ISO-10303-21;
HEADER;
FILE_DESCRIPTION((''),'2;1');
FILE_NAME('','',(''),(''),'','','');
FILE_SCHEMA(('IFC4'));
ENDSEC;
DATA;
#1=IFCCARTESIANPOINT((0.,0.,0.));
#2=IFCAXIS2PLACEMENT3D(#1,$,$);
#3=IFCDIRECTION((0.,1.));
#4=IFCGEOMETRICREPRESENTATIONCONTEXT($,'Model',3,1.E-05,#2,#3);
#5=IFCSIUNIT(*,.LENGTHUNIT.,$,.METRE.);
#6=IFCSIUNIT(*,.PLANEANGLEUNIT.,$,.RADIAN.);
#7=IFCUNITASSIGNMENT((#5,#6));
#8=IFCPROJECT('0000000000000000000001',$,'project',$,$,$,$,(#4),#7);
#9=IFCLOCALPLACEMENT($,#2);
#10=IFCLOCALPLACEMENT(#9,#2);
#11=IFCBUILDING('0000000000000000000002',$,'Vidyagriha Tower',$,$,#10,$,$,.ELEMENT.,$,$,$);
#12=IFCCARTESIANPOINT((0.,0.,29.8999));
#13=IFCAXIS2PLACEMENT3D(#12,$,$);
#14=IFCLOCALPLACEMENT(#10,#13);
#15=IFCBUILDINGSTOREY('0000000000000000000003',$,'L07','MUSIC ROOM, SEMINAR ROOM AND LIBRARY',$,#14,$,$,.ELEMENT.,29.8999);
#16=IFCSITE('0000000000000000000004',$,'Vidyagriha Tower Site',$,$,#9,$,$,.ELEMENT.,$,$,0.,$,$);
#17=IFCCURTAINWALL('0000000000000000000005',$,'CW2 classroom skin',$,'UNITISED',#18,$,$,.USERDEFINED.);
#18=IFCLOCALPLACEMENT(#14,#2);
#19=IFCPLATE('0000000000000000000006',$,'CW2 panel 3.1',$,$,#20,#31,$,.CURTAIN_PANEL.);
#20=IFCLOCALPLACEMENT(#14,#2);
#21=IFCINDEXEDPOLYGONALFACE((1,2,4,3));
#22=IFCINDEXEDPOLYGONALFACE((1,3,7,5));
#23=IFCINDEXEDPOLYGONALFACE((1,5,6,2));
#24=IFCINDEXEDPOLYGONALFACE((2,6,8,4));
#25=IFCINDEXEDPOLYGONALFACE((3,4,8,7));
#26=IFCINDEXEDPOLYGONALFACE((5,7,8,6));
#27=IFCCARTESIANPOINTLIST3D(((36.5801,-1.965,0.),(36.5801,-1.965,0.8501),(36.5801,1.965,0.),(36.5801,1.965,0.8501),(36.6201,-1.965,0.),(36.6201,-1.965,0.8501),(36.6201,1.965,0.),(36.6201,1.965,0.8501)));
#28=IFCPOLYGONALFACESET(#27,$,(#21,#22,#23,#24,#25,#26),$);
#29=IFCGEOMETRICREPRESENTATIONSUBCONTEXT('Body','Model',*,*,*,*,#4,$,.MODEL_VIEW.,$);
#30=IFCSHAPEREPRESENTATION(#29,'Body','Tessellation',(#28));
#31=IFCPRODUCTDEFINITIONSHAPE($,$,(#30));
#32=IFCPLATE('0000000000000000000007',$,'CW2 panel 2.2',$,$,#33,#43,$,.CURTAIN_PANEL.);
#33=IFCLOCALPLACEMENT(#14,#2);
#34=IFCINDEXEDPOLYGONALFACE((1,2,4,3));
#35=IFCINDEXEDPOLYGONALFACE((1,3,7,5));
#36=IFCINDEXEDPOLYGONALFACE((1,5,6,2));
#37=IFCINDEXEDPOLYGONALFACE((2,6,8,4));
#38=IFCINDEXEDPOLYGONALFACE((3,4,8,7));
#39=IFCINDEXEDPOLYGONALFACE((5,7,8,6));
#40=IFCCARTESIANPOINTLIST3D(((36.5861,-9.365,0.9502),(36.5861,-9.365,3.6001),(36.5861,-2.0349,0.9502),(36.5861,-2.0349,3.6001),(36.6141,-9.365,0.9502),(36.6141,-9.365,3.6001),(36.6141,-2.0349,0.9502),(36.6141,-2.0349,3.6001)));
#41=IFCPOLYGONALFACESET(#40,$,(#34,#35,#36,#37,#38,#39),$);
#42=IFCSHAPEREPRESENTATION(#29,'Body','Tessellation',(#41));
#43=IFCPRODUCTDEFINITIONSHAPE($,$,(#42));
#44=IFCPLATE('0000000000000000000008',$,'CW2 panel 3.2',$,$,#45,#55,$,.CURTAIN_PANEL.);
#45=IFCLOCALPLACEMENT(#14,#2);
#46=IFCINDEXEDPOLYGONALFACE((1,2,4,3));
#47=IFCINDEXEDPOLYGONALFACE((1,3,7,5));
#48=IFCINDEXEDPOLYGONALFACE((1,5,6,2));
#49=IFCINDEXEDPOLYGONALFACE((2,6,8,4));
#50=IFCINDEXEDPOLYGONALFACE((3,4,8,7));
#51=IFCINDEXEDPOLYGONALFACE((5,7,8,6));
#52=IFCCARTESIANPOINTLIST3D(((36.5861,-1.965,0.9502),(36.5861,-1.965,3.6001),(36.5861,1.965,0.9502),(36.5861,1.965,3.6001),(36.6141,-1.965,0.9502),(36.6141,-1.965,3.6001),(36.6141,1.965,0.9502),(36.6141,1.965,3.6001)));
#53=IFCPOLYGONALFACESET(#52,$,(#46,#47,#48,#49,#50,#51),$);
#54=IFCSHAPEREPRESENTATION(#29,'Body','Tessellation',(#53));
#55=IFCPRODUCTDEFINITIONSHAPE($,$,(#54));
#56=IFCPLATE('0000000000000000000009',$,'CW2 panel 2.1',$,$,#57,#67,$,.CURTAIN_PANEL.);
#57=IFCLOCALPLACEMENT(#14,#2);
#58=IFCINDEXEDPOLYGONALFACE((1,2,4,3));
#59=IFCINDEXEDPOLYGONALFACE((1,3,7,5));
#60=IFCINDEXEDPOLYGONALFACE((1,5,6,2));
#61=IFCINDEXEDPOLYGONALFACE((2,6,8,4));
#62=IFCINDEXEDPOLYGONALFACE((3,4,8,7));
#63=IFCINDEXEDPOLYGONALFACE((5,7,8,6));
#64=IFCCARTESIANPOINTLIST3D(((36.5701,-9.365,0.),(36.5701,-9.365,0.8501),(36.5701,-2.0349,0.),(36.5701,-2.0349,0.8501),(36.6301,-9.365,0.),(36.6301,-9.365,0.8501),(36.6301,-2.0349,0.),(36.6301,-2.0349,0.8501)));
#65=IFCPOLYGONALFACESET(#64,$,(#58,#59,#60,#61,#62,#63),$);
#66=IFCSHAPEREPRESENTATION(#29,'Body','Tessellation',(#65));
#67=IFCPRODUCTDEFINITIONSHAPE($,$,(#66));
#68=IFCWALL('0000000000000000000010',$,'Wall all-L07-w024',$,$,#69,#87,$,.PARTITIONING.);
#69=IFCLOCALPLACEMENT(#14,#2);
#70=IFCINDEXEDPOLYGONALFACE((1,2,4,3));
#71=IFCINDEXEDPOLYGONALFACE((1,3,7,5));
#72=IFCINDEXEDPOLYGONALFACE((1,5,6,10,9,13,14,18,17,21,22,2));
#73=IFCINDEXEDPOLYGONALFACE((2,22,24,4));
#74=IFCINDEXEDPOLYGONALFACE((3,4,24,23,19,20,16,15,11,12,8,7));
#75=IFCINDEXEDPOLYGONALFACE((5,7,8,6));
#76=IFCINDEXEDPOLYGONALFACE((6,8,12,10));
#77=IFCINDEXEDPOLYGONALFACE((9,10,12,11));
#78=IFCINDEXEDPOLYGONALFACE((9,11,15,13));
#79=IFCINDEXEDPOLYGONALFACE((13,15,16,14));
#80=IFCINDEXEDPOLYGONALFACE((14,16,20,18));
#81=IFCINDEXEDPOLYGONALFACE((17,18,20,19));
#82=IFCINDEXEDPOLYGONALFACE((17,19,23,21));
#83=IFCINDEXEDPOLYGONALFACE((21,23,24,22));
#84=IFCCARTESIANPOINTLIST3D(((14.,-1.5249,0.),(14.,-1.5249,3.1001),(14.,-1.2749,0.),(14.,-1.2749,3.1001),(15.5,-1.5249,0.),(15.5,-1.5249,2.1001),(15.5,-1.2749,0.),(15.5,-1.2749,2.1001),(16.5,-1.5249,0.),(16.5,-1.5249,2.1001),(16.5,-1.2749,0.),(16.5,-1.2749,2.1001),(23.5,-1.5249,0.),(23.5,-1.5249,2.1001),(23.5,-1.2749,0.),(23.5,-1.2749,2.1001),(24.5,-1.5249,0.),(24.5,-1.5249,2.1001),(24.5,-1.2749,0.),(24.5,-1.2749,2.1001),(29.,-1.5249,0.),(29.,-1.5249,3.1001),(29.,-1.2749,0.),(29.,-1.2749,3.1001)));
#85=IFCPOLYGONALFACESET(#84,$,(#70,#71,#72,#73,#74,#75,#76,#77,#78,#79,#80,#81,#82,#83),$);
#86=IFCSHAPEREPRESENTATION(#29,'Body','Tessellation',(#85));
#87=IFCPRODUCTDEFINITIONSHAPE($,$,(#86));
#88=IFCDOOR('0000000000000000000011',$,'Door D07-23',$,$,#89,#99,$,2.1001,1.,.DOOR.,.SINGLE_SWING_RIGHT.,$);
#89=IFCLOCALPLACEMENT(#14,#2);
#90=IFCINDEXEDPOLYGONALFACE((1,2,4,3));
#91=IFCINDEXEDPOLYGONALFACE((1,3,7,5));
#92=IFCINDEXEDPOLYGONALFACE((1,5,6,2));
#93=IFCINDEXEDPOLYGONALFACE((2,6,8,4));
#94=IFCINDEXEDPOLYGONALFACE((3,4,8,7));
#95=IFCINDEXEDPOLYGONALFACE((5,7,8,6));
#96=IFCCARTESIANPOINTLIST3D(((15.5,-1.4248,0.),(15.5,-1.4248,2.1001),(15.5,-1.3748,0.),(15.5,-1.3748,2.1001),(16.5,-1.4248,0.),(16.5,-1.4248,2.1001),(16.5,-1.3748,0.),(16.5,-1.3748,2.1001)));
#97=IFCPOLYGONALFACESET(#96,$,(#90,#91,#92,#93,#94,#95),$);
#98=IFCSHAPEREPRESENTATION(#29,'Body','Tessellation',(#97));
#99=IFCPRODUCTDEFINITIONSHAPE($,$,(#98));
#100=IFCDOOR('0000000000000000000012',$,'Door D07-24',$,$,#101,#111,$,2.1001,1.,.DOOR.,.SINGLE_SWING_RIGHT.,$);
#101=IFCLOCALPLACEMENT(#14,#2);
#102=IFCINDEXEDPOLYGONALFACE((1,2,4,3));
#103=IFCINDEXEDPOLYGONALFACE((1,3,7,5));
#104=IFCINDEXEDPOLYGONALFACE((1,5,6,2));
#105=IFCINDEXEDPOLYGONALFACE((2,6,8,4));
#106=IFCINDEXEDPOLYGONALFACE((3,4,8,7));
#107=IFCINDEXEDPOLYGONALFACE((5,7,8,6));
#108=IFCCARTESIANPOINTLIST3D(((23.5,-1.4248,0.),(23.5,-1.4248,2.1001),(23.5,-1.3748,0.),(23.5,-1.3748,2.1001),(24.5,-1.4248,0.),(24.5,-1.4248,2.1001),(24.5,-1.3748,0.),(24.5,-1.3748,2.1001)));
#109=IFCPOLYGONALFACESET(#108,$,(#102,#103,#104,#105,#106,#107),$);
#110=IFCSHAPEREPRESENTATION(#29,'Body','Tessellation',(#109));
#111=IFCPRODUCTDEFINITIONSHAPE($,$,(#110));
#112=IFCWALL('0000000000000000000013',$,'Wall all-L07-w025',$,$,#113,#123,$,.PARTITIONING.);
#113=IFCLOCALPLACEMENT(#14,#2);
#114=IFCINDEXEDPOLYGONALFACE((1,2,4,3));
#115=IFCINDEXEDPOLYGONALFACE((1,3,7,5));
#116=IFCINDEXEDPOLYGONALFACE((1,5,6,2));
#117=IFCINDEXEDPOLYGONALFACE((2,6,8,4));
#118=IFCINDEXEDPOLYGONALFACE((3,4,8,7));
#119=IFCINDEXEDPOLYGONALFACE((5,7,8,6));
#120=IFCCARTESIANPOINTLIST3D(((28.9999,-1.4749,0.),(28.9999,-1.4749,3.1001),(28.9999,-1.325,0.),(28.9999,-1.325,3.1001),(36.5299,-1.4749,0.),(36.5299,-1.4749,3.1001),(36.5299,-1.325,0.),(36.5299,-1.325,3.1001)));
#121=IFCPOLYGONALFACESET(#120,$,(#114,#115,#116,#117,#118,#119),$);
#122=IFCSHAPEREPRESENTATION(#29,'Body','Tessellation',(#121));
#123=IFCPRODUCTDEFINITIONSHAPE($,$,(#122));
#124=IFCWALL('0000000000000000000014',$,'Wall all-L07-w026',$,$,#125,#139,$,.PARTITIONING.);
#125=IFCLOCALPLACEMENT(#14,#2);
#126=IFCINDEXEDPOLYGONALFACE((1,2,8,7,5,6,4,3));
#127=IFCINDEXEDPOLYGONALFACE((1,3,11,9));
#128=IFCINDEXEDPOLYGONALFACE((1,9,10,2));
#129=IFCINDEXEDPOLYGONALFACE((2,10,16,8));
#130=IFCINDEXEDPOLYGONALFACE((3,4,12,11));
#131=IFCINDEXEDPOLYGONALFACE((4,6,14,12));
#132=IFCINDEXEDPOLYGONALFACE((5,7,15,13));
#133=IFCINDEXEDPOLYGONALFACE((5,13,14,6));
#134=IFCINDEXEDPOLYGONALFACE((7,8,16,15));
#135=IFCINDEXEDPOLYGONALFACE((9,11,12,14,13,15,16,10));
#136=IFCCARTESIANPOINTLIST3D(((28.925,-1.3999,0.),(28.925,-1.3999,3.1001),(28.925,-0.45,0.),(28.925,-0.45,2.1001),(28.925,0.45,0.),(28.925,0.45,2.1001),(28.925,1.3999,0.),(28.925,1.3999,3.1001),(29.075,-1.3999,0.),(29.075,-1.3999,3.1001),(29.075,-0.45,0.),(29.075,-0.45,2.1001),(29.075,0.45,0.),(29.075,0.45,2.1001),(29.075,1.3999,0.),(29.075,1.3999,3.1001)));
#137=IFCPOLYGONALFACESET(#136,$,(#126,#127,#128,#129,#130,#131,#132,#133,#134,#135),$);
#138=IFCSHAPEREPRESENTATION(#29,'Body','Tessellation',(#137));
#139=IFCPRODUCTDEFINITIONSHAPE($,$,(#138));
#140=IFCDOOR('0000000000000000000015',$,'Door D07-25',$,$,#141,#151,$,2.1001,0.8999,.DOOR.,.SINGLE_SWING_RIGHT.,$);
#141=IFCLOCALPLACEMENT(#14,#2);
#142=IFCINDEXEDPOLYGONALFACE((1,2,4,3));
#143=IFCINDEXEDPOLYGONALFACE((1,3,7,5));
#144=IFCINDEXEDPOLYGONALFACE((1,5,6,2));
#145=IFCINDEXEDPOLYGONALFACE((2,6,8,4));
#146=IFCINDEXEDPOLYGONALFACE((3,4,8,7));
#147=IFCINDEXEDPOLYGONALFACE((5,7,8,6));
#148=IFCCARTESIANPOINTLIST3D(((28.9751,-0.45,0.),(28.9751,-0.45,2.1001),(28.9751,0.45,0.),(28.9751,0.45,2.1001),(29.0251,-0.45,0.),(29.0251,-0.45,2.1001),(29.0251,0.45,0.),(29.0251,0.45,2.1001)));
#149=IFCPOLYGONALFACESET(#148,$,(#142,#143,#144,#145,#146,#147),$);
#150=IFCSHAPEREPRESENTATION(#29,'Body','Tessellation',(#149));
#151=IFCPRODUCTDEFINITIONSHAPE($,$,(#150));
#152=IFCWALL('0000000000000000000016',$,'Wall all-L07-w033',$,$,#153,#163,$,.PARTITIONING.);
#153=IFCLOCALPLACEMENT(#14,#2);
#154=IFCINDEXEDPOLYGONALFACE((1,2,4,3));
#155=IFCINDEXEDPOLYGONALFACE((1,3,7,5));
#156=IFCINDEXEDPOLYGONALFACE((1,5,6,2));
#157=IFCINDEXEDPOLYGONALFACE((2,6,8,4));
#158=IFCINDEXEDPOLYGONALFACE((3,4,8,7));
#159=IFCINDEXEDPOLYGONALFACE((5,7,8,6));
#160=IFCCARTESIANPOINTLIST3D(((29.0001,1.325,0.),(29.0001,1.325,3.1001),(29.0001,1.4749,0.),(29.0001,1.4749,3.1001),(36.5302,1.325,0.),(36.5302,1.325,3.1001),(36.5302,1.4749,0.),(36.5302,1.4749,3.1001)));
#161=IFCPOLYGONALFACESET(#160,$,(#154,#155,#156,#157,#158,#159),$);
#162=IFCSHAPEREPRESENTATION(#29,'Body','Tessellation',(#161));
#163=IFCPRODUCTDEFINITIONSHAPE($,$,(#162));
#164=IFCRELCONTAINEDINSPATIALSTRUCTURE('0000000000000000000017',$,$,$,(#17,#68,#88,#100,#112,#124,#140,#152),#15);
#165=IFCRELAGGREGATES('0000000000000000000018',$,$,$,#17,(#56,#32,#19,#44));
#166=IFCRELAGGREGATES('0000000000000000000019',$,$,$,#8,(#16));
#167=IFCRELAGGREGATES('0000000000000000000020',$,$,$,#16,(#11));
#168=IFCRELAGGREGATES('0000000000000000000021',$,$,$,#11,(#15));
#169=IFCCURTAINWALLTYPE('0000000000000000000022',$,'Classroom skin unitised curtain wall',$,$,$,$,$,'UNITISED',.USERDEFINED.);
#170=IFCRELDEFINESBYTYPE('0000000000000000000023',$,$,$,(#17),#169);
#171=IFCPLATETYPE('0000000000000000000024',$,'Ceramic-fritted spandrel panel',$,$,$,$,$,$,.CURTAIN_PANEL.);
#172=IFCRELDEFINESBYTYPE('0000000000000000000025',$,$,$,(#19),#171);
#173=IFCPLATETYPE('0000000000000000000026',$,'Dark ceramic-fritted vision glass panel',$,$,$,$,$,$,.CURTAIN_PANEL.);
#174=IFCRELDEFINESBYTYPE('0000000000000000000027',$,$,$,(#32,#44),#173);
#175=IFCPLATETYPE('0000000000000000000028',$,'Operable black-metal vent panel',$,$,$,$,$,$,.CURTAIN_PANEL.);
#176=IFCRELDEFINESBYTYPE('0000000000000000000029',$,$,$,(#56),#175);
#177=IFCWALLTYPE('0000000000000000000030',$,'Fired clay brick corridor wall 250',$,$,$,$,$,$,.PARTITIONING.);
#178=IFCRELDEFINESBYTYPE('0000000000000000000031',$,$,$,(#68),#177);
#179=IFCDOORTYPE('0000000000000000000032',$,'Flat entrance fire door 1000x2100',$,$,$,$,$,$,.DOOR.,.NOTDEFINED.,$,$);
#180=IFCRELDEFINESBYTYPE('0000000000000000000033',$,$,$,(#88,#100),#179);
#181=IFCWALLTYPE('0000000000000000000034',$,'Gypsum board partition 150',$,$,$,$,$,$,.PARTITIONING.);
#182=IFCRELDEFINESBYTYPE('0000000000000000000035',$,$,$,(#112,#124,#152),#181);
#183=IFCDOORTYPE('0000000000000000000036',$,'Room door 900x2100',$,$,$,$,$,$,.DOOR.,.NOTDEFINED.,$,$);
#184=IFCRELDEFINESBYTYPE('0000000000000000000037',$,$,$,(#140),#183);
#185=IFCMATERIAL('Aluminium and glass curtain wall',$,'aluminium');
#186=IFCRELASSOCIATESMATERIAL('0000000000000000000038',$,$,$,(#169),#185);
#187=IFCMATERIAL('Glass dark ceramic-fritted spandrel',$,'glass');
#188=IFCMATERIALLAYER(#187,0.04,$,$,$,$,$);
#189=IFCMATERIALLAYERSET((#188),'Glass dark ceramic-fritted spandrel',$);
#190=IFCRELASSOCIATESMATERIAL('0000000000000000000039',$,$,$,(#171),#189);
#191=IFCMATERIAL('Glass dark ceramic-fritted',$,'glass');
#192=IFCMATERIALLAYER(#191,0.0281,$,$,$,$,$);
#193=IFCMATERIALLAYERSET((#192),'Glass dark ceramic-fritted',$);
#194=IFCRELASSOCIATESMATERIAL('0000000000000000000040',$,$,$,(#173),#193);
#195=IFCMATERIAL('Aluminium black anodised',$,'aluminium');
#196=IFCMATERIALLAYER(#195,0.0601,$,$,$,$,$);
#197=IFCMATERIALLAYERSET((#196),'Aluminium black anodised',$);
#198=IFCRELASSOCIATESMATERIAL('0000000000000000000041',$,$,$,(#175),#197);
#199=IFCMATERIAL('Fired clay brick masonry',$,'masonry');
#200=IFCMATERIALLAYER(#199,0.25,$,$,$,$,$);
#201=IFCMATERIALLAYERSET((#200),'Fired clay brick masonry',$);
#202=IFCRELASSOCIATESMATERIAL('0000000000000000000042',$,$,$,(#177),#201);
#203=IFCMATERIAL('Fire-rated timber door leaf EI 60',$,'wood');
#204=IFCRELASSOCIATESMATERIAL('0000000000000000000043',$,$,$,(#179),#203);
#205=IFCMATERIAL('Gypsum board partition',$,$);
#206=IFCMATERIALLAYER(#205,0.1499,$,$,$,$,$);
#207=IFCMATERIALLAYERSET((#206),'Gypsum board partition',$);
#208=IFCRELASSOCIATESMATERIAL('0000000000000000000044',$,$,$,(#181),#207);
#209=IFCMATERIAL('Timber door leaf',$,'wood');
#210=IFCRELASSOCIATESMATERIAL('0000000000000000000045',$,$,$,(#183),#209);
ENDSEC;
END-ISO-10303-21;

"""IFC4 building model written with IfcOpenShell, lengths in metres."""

from ifc_helpers import new_model, si_unit, direction, frame, frame_2d, origin, origin_2d, place, context, subcontext, project, spatial, rectangle, extrude, material, layer, layer_set, type_object, element, fill, aggregate, save


model = new_model("IFC4")

# Units and contexts
model_context = context("Model", 3, precision=1e-05, world=origin(), true_north=direction((0.0, 1.0)))
body_context = subcontext(model_context, "Body", "Model", "MODEL_VIEW")
ifc_project = project(units=[si_unit("LENGTHUNIT", "METRE"), si_unit("PLANEANGLEUNIT", "RADIAN")], contexts=[model_context])

# Site, building, storey
site_placement = place(None, origin())
site = spatial("IfcSite", under=ifc_project, at=site_placement, Name="Vidyagriha Tower Site", CompositionType="ELEMENT", RefElevation=0.0)
building_placement = place(site_placement, origin())
building = spatial("IfcBuilding", under=site, at=building_placement, Name="Vidyagriha Tower", CompositionType="ELEMENT")
storey_placement = place(building_placement, frame((0.0, 0.0, 29.8999)))
storey = spatial("IfcBuildingStorey", under=building, at=storey_placement, Name="L07", Description="MUSIC ROOM, SEMINAR ROOM AND LIBRARY", CompositionType="ELEMENT", Elevation=29.8999)

# Curtain wall, plates
ifc_material_1 = material(Name="Aluminium and glass curtain wall", Category="aluminium")
curtain_wall_type = type_object("IfcCurtainWallType", Name="Classroom skin unitised curtain wall", ElementType="UNITISED", PredefinedType="USERDEFINED", material=ifc_material_1)
curtain_wall_placement = place(storey_placement, origin())
curtain_wall = element("IfcCurtainWall", 1, at=curtain_wall_placement, inside=storey, type_object=curtain_wall_type, Name="CW2 classroom skin", ObjectType="UNITISED", PredefinedType="USERDEFINED")
ifc_material_2 = material(Name="Glass dark ceramic-fritted spandrel", Category="glass")
ifc_layer_1 = layer(ifc_material_2, 0.04)
ifc_layer_set_1 = layer_set([ifc_layer_1], Name="Glass dark ceramic-fritted spandrel")
plate_type_1 = type_object("IfcPlateType", Name="Ceramic-fritted spandrel panel", PredefinedType="CURTAIN_PANEL", material=ifc_layer_set_1)
plate_1_placement = place(storey_placement, frame((36.6001, 0.0, 0.0), z_axis=(0.0, 0.0, 1.0), x_axis=(0.0, 1.0, 0.0)))
plate_1 = element("IfcPlate", 2, at=plate_1_placement, type_object=plate_type_1, Name="CW2 panel 3.1", PredefinedType="CURTAIN_PANEL", context=body_context, shape_type="SweptSolid", body=[
    extrude(rectangle(XDim=3.9299, YDim=0.04, at=origin_2d()), origin(), (0.0, 0.0, 1.0), 0.8501),
])
ifc_material_3 = material(Name="Glass dark ceramic-fritted", Category="glass")
ifc_layer_2 = layer(ifc_material_3, 0.0281)
ifc_layer_set_2 = layer_set([ifc_layer_2], Name="Glass dark ceramic-fritted")
plate_type_2 = type_object("IfcPlateType", Name="Dark ceramic-fritted vision glass panel", PredefinedType="CURTAIN_PANEL", material=ifc_layer_set_2)
plate_2_placement = place(storey_placement, frame((36.6001, -5.7, 0.9502), z_axis=(0.0, 0.0, 1.0), x_axis=(0.0, 1.0, 0.0)))
plate_2 = element("IfcPlate", 3, at=plate_2_placement, type_object=plate_type_2, Name="CW2 panel 2.2", PredefinedType="CURTAIN_PANEL", context=body_context, shape_type="SweptSolid", body=[
    extrude(rectangle(XDim=7.3301, YDim=0.0281, at=origin_2d()), origin(), (0.0, 0.0, 1.0), 2.6499),
])
plate_3_placement = place(storey_placement, frame((36.6001, 0.0, 0.9502), z_axis=(0.0, 0.0, 1.0), x_axis=(0.0, 1.0, 0.0)))
plate_3 = element("IfcPlate", 4, at=plate_3_placement, type_object=plate_type_2, Name="CW2 panel 3.2", PredefinedType="CURTAIN_PANEL", context=body_context, shape_type="SweptSolid", body=[
    extrude(rectangle(XDim=3.9299, YDim=0.0281, at=origin_2d()), origin(), (0.0, 0.0, 1.0), 2.6499),
])
ifc_material_4 = material(Name="Aluminium black anodised", Category="aluminium")
ifc_layer_3 = layer(ifc_material_4, 0.0601)
ifc_layer_set_3 = layer_set([ifc_layer_3], Name="Aluminium black anodised")
plate_type_3 = type_object("IfcPlateType", Name="Operable black-metal vent panel", PredefinedType="CURTAIN_PANEL", material=ifc_layer_set_3)
plate_4_placement = place(storey_placement, frame((36.6001, -5.7, 0.0), z_axis=(0.0, 0.0, 1.0), x_axis=(0.0, 1.0, 0.0)))
plate_4 = element("IfcPlate", 5, at=plate_4_placement, type_object=plate_type_3, Name="CW2 panel 2.1", PredefinedType="CURTAIN_PANEL", context=body_context, shape_type="SweptSolid", body=[
    extrude(rectangle(XDim=7.3301, YDim=0.0601, at=origin_2d()), origin(), (0.0, 0.0, 1.0), 0.8501),
])
aggregate(curtain_wall, [plate_4, plate_2, plate_1, plate_3])

# Wall, openings, doors
ifc_material_5 = material(Name="Fired clay brick masonry", Category="masonry")
ifc_layer_4 = layer(ifc_material_5, 0.25)
ifc_layer_set_4 = layer_set([ifc_layer_4], Name="Fired clay brick masonry")
wall_type_1 = type_object("IfcWallType", Name="Fired clay brick corridor wall 250", PredefinedType="PARTITIONING", material=ifc_layer_set_4)
wall_1_placement = place(storey_placement, frame((29.0, -1.3999, 0.0), z_axis=(0.0, 0.0, 1.0), x_axis=(-1.0, 0.0, 0.0)))
wall_1 = element("IfcWall", 6, at=wall_1_placement, inside=storey, type_object=wall_type_1, Name="Wall all-L07-w024", PredefinedType="PARTITIONING", context=body_context, shape_type="SweptSolid", body=[
    extrude(rectangle(XDim=15.0, YDim=0.25, at=frame_2d((7.5, 0.0))), origin(), (0.0, 0.0, 1.0), 3.1001),
])
opening_1_placement = place(wall_1_placement, frame((12.5, 0.0, 0.0)))
opening_1 = element("IfcOpeningElement", 7, at=opening_1_placement, cuts=wall_1, PredefinedType="OPENING", context=body_context, shape_type="SweptSolid", body=[
    extrude(rectangle(XDim=1.0, YDim=2.1001, at=frame_2d((0.5, 1.05))), frame((0.0, 0.135, 0.0), z_axis=(0.0, -1.0, 0.0), x_axis=(1.0, 0.0, 0.0)), (0.0, 0.0, 1.0), 0.27),
])
opening_2_placement = place(wall_1_placement, frame((4.5, 0.0, 0.0)))
opening_2 = element("IfcOpeningElement", 8, at=opening_2_placement, cuts=wall_1, PredefinedType="OPENING", context=body_context, shape_type="SweptSolid", body=[
    extrude(rectangle(XDim=1.0, YDim=2.1001, at=frame_2d((0.5, 1.05))), frame((0.0, 0.135, 0.0), z_axis=(0.0, -1.0, 0.0), x_axis=(1.0, 0.0, 0.0)), (0.0, 0.0, 1.0), 0.27),
])
ifc_material_6 = material(Name="Fire-rated timber door leaf EI 60", Category="wood")
door_type_1 = type_object("IfcDoorType", Name="Flat entrance fire door 1000x2100", OperationType="NOTDEFINED", PredefinedType="DOOR", material=ifc_material_6)
door_1_placement = place(opening_1_placement, origin())
door_1 = element("IfcDoor", 9, at=door_1_placement, inside=storey, type_object=door_type_1, Name="Door D07-23", OperationType="SINGLE_SWING_RIGHT", OverallHeight=2.1001, OverallWidth=1.0, PredefinedType="DOOR", context=body_context, shape_type="SweptSolid", body=[
    extrude(rectangle(XDim=1.0, YDim=2.1001, at=frame_2d((0.5, 1.05))), frame((0.0, 0.0249, 0.0), z_axis=(0.0, -1.0, 0.0), x_axis=(1.0, 0.0, 0.0)), (0.0, 0.0, 1.0), 0.05),
])
fill(opening_1, door_1)
door_2_placement = place(opening_2_placement, origin())
door_2 = element("IfcDoor", 10, at=door_2_placement, inside=storey, type_object=door_type_1, Name="Door D07-24", OperationType="SINGLE_SWING_RIGHT", OverallHeight=2.1001, OverallWidth=1.0, PredefinedType="DOOR", context=body_context, shape_type="SweptSolid", body=[
    extrude(rectangle(XDim=1.0, YDim=2.1001, at=frame_2d((0.5, 1.05))), frame((0.0, 0.0249, 0.0), z_axis=(0.0, -1.0, 0.0), x_axis=(1.0, 0.0, 0.0)), (0.0, 0.0, 1.0), 0.05),
])
fill(opening_2, door_2)

# Wall
ifc_material_7 = material(Name="Gypsum board partition")
ifc_layer_5 = layer(ifc_material_7, 0.1499)
ifc_layer_set_5 = layer_set([ifc_layer_5], Name="Gypsum board partition")
wall_type_2 = type_object("IfcWallType", Name="Gypsum board partition 150", PredefinedType="PARTITIONING", material=ifc_layer_set_5)
wall_2_placement = place(storey_placement, frame((36.53, -1.3999, 0.0), z_axis=(0.0, 0.0, 1.0), x_axis=(-1.0, 0.0, 0.0)))
element("IfcWall", 11, at=wall_2_placement, inside=storey, type_object=wall_type_2, Name="Wall all-L07-w025", PredefinedType="PARTITIONING", context=body_context, shape_type="SweptSolid", body=[
    extrude(rectangle(XDim=7.53, YDim=0.1499, at=frame_2d((3.7651, 0.0))), origin(), (0.0, 0.0, 1.0), 3.1001),
])

# Wall, opening, door
wall_3_placement = place(storey_placement, frame((29.0, -1.3999, 0.0), z_axis=(0.0, 0.0, 1.0), x_axis=(0.0, 1.0, 0.0)))
wall_3 = element("IfcWall", 12, at=wall_3_placement, inside=storey, type_object=wall_type_2, Name="Wall all-L07-w026", PredefinedType="PARTITIONING", context=body_context, shape_type="SweptSolid", body=[
    extrude(rectangle(XDim=2.7998, YDim=0.1499, at=frame_2d((1.3999, 0.0))), origin(), (0.0, 0.0, 1.0), 3.1001),
])
opening_3_placement = place(wall_3_placement, frame((0.95, 0.0, 0.0)))
opening_3 = element("IfcOpeningElement", 13, at=opening_3_placement, cuts=wall_3, PredefinedType="OPENING", context=body_context, shape_type="SweptSolid", body=[
    extrude(rectangle(XDim=0.8999, YDim=2.1001, at=frame_2d((0.45, 1.05))), frame((0.0, 0.085, 0.0), z_axis=(0.0, -1.0, 0.0), x_axis=(1.0, 0.0, 0.0)), (0.0, 0.0, 1.0), 0.1699),
])
ifc_material_8 = material(Name="Timber door leaf", Category="wood")
door_type_2 = type_object("IfcDoorType", Name="Room door 900x2100", OperationType="NOTDEFINED", PredefinedType="DOOR", material=ifc_material_8)
door_3_placement = place(opening_3_placement, origin())
door_3 = element("IfcDoor", 14, at=door_3_placement, inside=storey, type_object=door_type_2, Name="Door D07-25", OperationType="SINGLE_SWING_RIGHT", OverallHeight=2.1001, OverallWidth=0.8999, PredefinedType="DOOR", context=body_context, shape_type="SweptSolid", body=[
    extrude(rectangle(XDim=0.8999, YDim=2.1001, at=frame_2d((0.45, 1.05))), frame((0.0, 0.0249, 0.0), z_axis=(0.0, -1.0, 0.0), x_axis=(1.0, 0.0, 0.0)), (0.0, 0.0, 1.0), 0.05),
])
fill(opening_3, door_3)

# Wall
wall_4_placement = place(storey_placement, frame((29.0, 1.3999, 0.0)))
element("IfcWall", 15, at=wall_4_placement, inside=storey, type_object=wall_type_2, Name="Wall all-L07-w033", PredefinedType="PARTITIONING", context=body_context, shape_type="SweptSolid", body=[
    extrude(rectangle(XDim=7.53, YDim=0.1499, at=frame_2d((3.7651, 0.0))), origin(), (0.0, 0.0, 1.0), 3.1001),
])

save(model, "model.ifc")
